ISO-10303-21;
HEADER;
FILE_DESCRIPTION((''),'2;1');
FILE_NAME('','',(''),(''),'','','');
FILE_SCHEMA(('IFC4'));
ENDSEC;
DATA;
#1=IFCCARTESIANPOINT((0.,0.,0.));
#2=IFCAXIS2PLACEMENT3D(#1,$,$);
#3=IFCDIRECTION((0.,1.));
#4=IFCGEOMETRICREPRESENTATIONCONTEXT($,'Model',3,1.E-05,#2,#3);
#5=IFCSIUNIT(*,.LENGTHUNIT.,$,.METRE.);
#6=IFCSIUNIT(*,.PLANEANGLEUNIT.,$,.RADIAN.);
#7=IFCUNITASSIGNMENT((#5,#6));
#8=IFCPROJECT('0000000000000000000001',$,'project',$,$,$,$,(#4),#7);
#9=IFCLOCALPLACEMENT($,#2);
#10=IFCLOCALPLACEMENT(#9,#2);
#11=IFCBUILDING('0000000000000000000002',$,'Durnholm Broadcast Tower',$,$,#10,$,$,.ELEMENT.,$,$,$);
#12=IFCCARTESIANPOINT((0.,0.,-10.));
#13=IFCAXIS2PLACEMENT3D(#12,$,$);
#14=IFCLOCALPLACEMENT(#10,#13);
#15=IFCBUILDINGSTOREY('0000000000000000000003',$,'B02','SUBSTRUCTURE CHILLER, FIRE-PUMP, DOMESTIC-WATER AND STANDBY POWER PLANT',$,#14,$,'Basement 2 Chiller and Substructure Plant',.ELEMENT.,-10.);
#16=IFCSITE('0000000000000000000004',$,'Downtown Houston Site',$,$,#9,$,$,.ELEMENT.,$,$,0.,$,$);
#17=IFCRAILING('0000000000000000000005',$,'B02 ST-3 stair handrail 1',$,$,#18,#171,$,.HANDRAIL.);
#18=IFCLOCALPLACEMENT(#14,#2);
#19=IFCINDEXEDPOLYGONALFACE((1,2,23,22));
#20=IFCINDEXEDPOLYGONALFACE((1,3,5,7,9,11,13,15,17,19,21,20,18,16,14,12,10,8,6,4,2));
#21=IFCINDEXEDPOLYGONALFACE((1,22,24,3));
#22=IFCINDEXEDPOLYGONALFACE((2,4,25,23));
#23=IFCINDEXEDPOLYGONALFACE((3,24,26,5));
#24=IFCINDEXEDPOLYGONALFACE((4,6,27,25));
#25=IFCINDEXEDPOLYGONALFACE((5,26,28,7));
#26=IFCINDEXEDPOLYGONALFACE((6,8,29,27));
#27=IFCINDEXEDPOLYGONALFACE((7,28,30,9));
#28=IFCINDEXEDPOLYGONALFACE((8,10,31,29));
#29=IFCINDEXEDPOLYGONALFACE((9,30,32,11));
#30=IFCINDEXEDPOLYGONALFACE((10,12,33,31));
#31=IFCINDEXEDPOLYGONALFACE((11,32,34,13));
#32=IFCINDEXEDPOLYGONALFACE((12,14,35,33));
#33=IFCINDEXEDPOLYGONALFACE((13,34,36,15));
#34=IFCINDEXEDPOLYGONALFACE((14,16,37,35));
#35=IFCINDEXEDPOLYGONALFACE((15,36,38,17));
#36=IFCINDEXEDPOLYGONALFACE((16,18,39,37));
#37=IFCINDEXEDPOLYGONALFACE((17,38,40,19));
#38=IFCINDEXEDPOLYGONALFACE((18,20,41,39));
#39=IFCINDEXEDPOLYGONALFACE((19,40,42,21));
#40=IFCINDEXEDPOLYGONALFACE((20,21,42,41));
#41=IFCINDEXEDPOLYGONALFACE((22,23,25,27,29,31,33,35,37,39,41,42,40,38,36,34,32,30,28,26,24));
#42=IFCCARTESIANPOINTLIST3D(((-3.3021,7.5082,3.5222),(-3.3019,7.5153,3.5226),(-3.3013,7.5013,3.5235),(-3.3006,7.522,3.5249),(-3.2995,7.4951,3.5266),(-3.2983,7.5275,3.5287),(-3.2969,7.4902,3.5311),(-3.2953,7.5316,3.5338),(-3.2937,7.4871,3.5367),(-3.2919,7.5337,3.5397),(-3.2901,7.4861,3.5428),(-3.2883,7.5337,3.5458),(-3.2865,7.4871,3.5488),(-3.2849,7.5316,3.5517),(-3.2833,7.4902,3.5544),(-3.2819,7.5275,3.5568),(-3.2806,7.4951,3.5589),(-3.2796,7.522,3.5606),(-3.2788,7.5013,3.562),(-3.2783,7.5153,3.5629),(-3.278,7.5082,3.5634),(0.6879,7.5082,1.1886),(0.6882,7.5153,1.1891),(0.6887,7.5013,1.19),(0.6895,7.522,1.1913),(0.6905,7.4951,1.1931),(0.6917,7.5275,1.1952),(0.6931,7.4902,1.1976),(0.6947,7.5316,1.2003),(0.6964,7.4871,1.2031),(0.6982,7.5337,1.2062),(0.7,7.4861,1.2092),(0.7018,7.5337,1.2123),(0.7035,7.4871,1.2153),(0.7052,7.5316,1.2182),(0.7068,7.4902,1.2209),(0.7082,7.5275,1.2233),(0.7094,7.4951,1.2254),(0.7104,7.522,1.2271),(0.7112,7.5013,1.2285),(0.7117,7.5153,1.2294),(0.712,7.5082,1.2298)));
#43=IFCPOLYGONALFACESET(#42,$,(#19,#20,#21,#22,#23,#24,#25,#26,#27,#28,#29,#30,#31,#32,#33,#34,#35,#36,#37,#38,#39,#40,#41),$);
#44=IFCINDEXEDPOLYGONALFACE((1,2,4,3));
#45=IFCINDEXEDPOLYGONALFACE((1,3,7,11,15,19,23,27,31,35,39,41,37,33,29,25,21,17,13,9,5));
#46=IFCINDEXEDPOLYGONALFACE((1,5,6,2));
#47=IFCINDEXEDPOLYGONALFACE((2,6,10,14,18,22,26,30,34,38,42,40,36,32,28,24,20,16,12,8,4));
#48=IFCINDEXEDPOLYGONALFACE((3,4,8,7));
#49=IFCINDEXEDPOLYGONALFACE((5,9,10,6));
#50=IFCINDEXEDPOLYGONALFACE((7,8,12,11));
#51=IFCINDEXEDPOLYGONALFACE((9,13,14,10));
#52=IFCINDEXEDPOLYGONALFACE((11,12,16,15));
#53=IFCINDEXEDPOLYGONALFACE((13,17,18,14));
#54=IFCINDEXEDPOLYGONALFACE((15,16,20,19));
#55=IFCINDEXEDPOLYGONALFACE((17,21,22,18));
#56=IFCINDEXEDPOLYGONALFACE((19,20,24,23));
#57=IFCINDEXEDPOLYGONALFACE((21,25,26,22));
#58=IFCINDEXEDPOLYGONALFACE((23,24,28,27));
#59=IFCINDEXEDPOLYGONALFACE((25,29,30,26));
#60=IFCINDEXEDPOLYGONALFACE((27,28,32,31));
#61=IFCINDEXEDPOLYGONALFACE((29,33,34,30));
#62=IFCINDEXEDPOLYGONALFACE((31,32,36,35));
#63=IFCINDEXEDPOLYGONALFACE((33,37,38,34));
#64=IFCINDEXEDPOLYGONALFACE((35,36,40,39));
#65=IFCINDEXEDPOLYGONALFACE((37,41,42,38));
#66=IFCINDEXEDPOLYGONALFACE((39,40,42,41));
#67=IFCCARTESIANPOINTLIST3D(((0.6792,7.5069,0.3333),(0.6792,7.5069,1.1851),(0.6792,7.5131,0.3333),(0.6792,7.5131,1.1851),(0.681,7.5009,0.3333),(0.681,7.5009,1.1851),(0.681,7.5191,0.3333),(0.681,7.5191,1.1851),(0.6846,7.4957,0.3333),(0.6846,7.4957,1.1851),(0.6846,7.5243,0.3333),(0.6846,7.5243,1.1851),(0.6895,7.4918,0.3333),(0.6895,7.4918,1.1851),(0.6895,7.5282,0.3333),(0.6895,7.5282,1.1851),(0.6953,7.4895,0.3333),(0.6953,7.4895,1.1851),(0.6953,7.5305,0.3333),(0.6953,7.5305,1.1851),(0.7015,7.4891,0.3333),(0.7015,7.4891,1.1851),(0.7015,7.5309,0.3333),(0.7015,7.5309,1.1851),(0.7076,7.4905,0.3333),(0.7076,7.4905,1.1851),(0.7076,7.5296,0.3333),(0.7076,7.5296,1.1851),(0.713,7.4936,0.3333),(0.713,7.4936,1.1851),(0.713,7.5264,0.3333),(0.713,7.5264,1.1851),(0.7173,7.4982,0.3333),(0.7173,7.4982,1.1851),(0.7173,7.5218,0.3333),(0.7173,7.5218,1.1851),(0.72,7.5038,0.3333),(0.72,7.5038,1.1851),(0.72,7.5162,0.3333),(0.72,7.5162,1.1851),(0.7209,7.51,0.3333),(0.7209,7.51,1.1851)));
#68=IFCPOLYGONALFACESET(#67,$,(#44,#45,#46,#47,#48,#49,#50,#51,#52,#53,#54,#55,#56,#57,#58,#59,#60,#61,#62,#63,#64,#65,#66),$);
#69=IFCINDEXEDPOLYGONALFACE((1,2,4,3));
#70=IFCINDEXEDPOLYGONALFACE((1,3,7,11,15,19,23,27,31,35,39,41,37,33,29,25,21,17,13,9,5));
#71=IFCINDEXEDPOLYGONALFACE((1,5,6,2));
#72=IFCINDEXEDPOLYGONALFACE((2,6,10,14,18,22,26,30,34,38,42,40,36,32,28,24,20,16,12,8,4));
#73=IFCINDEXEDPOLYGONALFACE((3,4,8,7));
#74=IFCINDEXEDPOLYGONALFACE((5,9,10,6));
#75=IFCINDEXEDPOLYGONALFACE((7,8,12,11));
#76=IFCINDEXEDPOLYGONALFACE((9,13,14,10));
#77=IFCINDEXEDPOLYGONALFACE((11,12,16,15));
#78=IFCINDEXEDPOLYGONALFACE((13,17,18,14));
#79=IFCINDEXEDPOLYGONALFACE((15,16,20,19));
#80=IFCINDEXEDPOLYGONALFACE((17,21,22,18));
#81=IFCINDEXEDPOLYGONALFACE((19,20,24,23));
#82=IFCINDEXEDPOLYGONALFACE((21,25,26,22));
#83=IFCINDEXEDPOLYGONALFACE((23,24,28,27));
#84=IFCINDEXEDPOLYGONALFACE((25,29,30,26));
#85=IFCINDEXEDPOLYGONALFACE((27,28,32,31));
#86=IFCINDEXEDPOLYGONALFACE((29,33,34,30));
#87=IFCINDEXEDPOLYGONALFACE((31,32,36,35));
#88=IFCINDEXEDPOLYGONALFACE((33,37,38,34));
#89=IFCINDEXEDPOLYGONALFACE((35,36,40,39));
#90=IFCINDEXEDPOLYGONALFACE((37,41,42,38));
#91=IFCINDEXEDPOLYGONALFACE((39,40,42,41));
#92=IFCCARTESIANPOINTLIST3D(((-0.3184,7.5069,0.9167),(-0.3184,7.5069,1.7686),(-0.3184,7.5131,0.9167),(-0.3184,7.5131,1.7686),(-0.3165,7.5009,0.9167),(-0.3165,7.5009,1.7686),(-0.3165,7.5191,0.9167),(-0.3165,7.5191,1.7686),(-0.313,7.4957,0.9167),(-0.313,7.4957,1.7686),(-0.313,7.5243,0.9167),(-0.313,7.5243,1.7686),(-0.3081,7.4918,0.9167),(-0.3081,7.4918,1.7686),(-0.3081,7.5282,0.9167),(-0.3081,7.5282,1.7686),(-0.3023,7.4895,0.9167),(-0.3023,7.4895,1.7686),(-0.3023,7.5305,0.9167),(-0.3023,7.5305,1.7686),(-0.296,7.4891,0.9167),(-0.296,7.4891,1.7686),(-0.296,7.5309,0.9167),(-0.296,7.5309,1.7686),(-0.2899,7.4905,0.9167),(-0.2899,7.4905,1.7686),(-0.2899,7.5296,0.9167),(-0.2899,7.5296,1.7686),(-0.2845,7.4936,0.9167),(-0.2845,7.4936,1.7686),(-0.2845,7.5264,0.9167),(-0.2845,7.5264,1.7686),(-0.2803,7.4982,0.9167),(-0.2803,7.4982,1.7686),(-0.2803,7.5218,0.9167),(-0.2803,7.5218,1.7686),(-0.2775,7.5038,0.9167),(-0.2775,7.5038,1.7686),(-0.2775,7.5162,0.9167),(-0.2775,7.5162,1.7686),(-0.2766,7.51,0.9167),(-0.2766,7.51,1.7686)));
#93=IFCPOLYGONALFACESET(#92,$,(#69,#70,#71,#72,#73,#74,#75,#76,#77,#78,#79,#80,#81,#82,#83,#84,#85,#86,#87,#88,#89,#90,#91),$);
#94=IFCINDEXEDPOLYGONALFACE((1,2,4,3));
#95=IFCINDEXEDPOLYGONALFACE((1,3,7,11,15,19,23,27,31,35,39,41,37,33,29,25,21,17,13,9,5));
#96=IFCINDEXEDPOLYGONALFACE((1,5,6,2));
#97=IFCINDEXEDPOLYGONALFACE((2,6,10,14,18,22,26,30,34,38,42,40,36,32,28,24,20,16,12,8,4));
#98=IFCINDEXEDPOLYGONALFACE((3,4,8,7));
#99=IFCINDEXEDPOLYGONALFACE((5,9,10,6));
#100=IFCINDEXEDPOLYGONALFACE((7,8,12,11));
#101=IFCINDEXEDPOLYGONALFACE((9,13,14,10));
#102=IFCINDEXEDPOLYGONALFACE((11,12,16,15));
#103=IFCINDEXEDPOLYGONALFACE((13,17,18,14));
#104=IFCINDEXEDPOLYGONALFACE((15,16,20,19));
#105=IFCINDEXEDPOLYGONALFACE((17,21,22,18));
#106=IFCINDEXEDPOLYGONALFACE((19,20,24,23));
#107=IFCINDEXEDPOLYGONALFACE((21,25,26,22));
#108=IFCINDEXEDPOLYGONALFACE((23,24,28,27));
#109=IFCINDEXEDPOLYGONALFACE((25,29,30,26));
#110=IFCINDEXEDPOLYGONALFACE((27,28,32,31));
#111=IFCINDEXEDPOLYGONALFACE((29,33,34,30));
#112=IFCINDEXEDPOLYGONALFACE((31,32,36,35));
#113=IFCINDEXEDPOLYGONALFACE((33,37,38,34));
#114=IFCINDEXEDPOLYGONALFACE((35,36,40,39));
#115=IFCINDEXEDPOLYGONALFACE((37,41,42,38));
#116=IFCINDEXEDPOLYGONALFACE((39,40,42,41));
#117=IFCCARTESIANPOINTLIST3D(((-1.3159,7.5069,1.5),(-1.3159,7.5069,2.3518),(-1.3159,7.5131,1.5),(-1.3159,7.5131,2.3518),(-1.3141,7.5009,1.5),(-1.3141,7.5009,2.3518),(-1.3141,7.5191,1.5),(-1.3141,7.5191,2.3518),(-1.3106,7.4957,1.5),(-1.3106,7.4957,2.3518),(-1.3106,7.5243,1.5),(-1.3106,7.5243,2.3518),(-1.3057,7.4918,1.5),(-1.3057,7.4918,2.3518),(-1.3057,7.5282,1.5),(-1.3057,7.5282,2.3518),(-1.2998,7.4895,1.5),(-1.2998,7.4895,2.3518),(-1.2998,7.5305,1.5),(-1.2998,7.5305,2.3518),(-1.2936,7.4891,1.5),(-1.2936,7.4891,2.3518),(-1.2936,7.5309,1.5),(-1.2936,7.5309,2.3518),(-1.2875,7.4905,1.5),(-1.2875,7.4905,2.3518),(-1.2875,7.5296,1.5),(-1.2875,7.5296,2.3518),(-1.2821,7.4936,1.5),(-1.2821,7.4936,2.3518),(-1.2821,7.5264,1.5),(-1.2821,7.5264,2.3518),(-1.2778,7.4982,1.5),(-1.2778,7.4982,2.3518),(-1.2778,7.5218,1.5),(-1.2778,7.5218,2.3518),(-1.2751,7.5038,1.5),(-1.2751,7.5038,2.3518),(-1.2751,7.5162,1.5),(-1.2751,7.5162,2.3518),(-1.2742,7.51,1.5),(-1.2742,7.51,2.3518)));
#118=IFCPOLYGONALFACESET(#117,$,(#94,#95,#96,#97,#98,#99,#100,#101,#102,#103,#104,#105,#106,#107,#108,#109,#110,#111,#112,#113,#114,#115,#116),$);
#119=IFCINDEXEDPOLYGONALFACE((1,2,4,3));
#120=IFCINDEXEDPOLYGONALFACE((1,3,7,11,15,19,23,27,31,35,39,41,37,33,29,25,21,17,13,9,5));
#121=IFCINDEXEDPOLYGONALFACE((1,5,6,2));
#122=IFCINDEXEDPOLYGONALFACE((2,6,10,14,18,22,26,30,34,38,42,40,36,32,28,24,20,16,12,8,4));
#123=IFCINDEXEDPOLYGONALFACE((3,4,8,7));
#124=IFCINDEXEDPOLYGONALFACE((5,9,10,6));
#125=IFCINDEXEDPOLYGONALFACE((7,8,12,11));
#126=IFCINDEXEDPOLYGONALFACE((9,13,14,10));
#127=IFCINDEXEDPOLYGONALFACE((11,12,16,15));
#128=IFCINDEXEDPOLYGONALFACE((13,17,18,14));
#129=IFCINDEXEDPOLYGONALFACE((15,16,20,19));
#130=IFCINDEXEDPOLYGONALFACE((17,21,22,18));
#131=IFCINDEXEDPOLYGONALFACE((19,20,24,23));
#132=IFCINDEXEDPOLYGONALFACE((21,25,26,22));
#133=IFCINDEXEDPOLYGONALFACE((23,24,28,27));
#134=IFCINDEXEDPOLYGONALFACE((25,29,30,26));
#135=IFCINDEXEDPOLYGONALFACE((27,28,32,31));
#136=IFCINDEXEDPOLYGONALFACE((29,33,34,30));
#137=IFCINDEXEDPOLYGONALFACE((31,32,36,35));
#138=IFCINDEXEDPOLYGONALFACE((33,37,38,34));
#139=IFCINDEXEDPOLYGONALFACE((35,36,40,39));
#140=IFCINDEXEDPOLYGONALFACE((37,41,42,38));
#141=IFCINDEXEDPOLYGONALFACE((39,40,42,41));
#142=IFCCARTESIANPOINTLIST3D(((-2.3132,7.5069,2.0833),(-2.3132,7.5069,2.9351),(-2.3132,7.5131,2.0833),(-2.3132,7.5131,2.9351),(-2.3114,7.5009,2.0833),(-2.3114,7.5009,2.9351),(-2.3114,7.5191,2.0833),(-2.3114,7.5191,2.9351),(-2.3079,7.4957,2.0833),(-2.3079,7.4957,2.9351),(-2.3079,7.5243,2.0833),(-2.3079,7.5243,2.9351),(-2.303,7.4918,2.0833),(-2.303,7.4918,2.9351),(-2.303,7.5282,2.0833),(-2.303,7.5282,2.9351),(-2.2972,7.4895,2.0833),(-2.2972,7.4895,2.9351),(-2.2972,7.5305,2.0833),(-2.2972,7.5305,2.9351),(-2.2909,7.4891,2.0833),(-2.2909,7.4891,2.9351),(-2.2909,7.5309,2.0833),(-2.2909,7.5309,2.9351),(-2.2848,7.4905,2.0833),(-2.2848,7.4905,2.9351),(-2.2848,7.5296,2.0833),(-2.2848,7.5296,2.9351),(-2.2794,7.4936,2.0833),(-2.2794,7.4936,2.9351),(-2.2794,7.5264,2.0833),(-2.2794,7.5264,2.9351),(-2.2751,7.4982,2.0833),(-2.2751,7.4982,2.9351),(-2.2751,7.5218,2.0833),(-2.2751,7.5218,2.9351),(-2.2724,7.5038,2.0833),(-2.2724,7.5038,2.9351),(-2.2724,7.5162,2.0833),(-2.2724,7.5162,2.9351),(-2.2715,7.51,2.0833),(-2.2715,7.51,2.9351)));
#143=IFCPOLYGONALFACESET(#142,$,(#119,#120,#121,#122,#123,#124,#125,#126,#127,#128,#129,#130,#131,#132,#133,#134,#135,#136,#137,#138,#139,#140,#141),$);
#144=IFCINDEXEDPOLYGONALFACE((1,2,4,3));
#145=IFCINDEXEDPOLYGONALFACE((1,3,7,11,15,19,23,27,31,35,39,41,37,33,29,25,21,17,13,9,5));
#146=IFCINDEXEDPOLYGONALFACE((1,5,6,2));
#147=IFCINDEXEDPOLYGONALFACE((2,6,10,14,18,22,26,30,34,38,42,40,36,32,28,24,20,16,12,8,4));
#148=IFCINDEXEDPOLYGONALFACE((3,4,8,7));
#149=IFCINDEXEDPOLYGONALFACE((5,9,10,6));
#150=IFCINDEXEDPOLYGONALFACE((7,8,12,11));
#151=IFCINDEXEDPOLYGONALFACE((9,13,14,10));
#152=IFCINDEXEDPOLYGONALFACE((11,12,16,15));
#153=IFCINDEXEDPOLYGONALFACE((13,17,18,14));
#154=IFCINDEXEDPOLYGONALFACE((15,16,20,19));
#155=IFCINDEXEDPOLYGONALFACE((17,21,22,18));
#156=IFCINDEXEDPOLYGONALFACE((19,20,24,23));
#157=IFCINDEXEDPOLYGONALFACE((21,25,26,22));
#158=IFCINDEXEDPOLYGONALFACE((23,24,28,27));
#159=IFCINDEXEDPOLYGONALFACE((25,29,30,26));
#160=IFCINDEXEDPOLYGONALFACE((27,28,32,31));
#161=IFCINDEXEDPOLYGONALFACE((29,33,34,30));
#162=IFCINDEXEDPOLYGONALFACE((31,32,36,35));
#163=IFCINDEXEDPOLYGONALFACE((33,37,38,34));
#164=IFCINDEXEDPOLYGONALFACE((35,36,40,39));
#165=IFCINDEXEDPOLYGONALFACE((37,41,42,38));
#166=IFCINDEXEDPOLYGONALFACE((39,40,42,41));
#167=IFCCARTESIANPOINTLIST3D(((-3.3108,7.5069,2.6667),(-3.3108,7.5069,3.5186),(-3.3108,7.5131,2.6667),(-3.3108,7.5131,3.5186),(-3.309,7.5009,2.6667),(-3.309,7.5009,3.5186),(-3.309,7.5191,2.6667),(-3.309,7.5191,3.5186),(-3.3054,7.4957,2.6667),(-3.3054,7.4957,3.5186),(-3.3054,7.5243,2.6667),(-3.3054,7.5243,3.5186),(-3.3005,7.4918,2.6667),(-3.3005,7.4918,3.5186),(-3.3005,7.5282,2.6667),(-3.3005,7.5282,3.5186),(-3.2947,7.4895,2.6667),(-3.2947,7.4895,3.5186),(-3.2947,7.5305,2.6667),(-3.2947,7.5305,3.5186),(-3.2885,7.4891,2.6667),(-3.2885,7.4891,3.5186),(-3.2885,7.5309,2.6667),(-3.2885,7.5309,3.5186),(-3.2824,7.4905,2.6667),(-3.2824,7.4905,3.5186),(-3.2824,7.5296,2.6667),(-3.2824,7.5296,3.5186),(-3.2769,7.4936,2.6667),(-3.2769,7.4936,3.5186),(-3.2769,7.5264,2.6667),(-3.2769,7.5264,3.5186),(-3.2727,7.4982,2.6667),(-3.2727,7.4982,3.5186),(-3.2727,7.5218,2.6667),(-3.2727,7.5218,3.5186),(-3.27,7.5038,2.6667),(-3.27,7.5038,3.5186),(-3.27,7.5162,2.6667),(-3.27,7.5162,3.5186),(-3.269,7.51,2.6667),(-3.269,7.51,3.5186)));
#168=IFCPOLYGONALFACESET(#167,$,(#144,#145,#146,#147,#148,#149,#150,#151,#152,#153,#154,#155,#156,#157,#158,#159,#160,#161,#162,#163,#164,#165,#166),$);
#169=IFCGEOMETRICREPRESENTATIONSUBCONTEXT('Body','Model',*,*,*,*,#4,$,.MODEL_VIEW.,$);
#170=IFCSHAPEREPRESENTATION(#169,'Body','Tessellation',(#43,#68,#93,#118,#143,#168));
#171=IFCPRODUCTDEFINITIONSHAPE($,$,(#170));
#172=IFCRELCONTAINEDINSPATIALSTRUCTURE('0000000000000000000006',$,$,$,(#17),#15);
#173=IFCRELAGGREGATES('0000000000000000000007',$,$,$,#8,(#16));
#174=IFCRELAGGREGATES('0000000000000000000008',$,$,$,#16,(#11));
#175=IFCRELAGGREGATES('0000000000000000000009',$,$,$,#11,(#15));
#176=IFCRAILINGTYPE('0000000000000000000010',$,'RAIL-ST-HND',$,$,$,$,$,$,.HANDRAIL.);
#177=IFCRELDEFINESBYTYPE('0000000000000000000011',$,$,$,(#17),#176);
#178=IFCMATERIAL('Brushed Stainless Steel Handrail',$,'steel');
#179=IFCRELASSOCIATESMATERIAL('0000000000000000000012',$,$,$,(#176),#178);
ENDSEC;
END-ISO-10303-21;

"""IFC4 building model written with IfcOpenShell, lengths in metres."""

from ifc_helpers import new_model, si_unit, direction, frame, origin, origin_2d, place, context, subcontext, project, spatial, circle, extrude, material, type_object, element, save


model = new_model("IFC4")

# Units and contexts
model_context = context("Model", 3, precision=1e-05, world=origin(), true_north=direction((0.0, 1.0)))
body_context = subcontext(model_context, "Body", "Model", "MODEL_VIEW")
ifc_project = project(units=[si_unit("LENGTHUNIT", "METRE"), si_unit("PLANEANGLEUNIT", "RADIAN")], contexts=[model_context])

# Site, building, storey
site_placement = place(None, origin())
site = spatial("IfcSite", under=ifc_project, at=site_placement, Name="Downtown Houston Site", CompositionType="ELEMENT", RefElevation=0.0)
building_placement = place(site_placement, origin())
building = spatial("IfcBuilding", under=site, at=building_placement, Name="Durnholm Broadcast Tower", CompositionType="ELEMENT")
storey_placement = place(building_placement, frame((0.0, 0.0, -10.0)))
storey = spatial("IfcBuildingStorey", under=building, at=storey_placement, Name="B02", Description="SUBSTRUCTURE CHILLER, FIRE-PUMP, DOMESTIC-WATER AND STANDBY POWER PLANT", LongName="Basement 2 Chiller and Substructure Plant", CompositionType="ELEMENT", Elevation=-10.0)

# Railing
ifc_material_1 = material(Name="Brushed Stainless Steel Handrail", Category="steel")
railing_type = type_object("IfcRailingType", Name="RAIL-ST-HND", PredefinedType="HANDRAIL", material=ifc_material_1)
railing_placement = place(storey_placement, frame((0.7, 7.51, 0.3333)))
element("IfcRailing", 1, at=railing_placement, inside=storey, type_object=railing_type, Name="B02 ST-3 stair handrail 1", PredefinedType="HANDRAIL", context=body_context, shape_type="SweptSolid", body=[
    extrude(circle(Radius=0.0239, at=origin_2d()), frame((0.0, 0.0, 0.876), z_axis=(-0.863213, 0.0, 0.50484), x_axis=(0.0, -1.0, 0.0)), (0.0, 0.0, 1.0), 4.6223),
    extrude(circle(Radius=0.021, at=origin_2d()), origin(), (0.0, 0.0, 1.0), 0.8518),
    extrude(circle(Radius=0.021, at=origin_2d()), frame((-0.9976, 0.0, 0.5835)), (0.0, 0.0, 1.0), 0.8518),
    extrude(circle(Radius=0.021, at=origin_2d()), frame((-1.9951, 0.0, 1.1667)), (0.0, 0.0, 1.0), 0.8518),
    extrude(circle(Radius=0.021, at=origin_2d()), frame((-2.9924, 0.0, 1.75)), (0.0, 0.0, 1.0), 0.8518),
    extrude(circle(Radius=0.021, at=origin_2d()), frame((-3.99, 0.0, 2.3335)), (0.0, 0.0, 1.0), 0.8518),
])

save(model, "model.ifc")
